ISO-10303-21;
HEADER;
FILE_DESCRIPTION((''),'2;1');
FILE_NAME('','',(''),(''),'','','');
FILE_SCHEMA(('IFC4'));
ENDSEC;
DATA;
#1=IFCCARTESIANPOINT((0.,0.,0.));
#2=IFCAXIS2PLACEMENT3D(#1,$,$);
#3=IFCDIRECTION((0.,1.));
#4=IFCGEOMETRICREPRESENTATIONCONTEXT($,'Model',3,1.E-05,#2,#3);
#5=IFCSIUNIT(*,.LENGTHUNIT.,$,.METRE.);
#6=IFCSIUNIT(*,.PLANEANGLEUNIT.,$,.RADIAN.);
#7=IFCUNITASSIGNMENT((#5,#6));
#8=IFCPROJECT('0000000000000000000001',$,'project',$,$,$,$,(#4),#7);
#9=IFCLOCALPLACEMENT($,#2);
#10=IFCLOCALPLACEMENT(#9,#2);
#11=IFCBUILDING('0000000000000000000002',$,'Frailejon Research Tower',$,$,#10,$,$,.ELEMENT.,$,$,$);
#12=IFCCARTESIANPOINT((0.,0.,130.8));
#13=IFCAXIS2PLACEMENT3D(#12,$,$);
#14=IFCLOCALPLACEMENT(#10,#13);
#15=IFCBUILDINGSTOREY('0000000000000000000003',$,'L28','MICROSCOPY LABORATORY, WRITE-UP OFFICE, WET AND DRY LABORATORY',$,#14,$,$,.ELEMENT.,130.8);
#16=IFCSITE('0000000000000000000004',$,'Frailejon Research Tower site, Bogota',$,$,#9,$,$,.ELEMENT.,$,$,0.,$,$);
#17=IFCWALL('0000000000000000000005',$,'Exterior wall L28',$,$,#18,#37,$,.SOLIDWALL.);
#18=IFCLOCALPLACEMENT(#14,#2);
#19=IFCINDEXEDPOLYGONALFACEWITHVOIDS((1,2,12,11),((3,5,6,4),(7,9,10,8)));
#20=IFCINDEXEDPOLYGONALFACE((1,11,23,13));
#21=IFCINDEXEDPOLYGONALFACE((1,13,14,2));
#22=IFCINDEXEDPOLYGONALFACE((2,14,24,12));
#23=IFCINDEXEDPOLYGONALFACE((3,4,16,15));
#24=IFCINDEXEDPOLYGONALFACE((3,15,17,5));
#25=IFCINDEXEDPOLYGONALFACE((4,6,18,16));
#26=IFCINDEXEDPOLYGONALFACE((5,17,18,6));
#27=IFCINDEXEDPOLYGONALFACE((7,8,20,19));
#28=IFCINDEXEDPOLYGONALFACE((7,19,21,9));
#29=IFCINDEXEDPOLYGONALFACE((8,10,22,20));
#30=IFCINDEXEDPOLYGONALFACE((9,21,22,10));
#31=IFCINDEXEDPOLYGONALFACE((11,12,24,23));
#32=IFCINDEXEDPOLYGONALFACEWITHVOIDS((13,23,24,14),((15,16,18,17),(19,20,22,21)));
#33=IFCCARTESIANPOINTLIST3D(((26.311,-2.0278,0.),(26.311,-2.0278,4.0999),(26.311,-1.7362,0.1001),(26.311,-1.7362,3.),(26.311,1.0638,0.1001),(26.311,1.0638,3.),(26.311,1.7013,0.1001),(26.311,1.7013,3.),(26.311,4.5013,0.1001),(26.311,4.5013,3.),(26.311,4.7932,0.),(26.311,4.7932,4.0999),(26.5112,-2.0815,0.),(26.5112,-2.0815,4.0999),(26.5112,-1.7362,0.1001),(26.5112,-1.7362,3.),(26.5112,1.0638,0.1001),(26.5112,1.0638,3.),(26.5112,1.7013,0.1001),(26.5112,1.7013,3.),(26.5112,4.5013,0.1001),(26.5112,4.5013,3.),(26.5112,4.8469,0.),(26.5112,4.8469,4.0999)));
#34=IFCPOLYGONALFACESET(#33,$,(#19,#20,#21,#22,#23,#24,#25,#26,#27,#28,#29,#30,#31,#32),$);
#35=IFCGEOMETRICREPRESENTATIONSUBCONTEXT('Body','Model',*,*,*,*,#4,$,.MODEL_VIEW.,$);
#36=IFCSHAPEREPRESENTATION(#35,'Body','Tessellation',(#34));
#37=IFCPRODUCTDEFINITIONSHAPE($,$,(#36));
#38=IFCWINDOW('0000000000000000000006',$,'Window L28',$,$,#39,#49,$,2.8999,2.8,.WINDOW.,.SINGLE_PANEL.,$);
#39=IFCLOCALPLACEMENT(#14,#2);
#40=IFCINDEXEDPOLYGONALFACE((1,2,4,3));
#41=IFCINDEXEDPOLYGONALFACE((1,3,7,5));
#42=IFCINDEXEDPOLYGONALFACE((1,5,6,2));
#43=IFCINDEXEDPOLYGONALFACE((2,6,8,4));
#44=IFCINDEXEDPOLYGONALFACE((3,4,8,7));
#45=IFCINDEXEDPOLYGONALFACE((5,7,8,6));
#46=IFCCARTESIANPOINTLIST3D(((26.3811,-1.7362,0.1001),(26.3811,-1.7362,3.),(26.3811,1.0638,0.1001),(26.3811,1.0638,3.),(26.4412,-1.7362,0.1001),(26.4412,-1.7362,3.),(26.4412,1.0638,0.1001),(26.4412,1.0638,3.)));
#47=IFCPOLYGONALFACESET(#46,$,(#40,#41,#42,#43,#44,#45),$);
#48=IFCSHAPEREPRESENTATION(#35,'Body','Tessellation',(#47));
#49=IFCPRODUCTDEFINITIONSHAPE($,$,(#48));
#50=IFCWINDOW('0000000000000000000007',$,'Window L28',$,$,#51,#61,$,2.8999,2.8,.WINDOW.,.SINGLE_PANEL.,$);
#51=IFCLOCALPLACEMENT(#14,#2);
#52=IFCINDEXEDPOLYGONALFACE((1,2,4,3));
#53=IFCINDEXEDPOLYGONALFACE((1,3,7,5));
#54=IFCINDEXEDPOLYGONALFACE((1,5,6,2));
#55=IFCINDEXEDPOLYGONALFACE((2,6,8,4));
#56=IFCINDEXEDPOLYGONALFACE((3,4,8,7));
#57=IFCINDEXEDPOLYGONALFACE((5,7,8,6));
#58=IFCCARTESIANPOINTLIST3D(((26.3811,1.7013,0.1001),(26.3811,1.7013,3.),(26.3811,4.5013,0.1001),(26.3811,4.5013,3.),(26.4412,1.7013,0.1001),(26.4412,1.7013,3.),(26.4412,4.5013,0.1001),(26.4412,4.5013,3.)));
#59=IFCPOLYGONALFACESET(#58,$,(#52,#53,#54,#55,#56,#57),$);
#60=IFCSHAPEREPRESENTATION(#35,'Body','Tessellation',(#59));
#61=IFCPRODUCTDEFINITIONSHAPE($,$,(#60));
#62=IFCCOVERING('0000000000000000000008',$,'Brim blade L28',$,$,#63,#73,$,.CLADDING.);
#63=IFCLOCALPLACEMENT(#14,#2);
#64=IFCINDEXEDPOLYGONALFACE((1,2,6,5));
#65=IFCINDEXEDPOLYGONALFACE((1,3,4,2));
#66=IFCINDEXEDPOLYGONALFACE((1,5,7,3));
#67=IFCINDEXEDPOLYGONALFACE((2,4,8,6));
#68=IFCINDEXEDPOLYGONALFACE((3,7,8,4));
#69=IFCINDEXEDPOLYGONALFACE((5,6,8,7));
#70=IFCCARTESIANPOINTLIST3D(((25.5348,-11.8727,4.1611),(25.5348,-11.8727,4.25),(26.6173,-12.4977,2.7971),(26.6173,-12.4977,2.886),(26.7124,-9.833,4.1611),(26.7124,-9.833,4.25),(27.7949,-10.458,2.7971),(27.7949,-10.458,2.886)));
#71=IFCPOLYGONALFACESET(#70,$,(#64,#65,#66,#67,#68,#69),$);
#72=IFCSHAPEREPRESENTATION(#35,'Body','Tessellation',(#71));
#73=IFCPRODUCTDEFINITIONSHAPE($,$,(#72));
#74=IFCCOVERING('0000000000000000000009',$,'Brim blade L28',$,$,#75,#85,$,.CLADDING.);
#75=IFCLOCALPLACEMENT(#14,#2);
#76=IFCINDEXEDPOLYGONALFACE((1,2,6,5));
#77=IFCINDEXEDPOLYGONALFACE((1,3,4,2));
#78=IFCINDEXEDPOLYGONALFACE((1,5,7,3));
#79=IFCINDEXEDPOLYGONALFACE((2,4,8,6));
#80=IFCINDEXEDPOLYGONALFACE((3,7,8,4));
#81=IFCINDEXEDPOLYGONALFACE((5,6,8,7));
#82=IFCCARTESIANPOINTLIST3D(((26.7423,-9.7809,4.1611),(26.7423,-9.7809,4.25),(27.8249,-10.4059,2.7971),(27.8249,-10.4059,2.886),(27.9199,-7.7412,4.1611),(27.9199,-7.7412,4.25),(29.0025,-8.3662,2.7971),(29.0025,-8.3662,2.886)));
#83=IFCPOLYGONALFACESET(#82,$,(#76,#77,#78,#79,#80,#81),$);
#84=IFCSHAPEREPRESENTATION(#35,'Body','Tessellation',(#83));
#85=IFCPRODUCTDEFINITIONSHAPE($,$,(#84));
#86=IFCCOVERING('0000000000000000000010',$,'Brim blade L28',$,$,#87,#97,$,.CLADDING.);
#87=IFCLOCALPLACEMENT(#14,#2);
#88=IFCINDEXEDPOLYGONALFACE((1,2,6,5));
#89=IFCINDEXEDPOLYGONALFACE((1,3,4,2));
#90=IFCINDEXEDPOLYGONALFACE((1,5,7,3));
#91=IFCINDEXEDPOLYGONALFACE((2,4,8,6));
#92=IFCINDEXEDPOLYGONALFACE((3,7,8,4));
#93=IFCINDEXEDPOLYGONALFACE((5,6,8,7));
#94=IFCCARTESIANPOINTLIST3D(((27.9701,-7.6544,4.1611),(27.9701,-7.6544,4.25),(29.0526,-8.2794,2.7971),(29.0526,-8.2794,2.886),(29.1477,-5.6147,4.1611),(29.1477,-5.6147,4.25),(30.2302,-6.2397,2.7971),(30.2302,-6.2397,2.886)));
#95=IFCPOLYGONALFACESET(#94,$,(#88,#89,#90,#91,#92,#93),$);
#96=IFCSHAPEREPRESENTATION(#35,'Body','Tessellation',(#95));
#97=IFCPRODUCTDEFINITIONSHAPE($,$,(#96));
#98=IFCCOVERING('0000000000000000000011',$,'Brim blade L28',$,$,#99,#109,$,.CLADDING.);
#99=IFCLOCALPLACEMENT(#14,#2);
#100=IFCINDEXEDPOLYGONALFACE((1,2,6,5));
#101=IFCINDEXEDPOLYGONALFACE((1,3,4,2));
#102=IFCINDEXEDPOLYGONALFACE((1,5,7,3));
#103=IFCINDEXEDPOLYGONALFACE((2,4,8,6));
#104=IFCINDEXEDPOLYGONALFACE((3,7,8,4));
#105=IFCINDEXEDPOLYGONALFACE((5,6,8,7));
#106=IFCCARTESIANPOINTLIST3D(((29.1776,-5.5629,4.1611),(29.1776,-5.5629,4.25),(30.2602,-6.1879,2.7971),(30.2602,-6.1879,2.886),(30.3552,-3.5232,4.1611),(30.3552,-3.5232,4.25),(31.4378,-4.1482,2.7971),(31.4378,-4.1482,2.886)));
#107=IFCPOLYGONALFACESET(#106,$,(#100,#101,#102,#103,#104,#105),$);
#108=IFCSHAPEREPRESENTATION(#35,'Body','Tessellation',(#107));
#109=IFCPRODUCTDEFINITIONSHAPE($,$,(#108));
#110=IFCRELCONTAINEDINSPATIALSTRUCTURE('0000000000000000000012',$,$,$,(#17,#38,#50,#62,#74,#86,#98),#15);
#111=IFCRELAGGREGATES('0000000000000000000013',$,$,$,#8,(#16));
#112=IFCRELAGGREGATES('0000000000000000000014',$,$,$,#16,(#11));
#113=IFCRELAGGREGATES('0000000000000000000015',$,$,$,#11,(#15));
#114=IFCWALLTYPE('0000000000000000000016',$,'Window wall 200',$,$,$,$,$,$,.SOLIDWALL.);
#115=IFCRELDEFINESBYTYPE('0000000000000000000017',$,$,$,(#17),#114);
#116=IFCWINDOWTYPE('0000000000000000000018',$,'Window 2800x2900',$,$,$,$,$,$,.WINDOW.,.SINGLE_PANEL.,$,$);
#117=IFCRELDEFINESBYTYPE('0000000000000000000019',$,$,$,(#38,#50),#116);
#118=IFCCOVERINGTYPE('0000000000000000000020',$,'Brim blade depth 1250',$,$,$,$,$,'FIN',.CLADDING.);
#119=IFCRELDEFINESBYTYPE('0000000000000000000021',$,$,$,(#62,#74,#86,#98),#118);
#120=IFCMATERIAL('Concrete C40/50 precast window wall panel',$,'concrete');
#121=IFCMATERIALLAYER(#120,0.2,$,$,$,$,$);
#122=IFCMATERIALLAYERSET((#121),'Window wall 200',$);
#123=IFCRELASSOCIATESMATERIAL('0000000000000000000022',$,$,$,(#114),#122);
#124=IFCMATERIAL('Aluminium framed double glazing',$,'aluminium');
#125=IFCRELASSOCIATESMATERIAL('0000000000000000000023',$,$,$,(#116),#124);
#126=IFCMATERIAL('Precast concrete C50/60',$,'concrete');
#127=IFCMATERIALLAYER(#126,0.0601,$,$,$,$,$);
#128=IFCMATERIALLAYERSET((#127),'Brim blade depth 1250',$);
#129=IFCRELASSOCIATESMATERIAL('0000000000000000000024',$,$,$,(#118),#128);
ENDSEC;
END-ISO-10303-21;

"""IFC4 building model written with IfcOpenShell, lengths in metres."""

from ifc_helpers import new_model, si_unit, direction, frame, frame_2d, origin, place, context, subcontext, project, spatial, polyline, rectangle, outline, extrude, material, layer, layer_set, type_object, element, fill, save


model = new_model("IFC4")

# Units and contexts
model_context = context("Model", 3, precision=1e-05, world=origin(), true_north=direction((0.0, 1.0)))
body_context = subcontext(model_context, "Body", "Model", "MODEL_VIEW")
ifc_project = project(units=[si_unit("LENGTHUNIT", "METRE"), si_unit("PLANEANGLEUNIT", "RADIAN")], contexts=[model_context])

# Site, building, storey
site_placement = place(None, origin())
site = spatial("IfcSite", under=ifc_project, at=site_placement, Name="Frailejon Research Tower site, Bogota", CompositionType="ELEMENT", RefElevation=0.0)
building_placement = place(site_placement, origin())
building = spatial("IfcBuilding", under=site, at=building_placement, Name="Frailejon Research Tower", CompositionType="ELEMENT")
storey_placement = place(building_placement, frame((0.0, 0.0, 130.8)))
storey = spatial("IfcBuildingStorey", under=building, at=storey_placement, Name="L28", Description="MICROSCOPY LABORATORY, WRITE-UP OFFICE, WET AND DRY LABORATORY", CompositionType="ELEMENT", Elevation=130.8)

# Wall, openings, windows
ifc_material_1 = material(Name="Concrete C40/50 precast window wall panel", Category="concrete")
ifc_layer_1 = layer(ifc_material_1, 0.2)
ifc_layer_set_1 = layer_set([ifc_layer_1], Name="Window wall 200")
wall_type_1 = type_object("IfcWallType", Name="Window wall 200", PredefinedType="SOLIDWALL", material=ifc_layer_set_1)
wall_1_placement = place(storey_placement, frame((26.4111, -2.0547, 0.0), z_axis=(0.0, 0.0, 1.0), x_axis=(0.0, 1.0, 0.0)))
wall_1 = element("IfcWall", 1, at=wall_1_placement, inside=storey, type_object=wall_type_1, Name="Exterior wall L28", PredefinedType="SOLIDWALL", context=body_context, shape_type="SweptSolid", body=[
    extrude(outline(polyline([(-0.0269, -0.1001), (1.1279, -0.1001), (2.2827, -0.1001), (3.4375, -0.1001), (4.592, -0.1001), (5.7468, -0.1001), (6.9016, -0.1001), (6.8479, 0.1001), (5.7109, 0.1001), (4.5742, 0.1001), (3.4375, 0.1001), (2.3005, 0.1001), (1.1636, 0.1001), (0.0269, 0.1001), (-0.0269, -0.1001)])), origin(), (0.0, 0.0, 1.0), 4.0999),
])
opening_1_placement = place(wall_1_placement, frame((0.3186, 0.0, 0.1001)))
opening_1 = element("IfcOpeningElement", 2, at=opening_1_placement, cuts=wall_1, PredefinedType="OPENING", context=body_context, shape_type="SweptSolid", body=[
    extrude(rectangle(XDim=2.8, YDim=2.8999, at=frame_2d((1.3999, 1.45))), frame((0.0, 0.1099, 0.0), z_axis=(0.0, -1.0, 0.0), x_axis=(1.0, 0.0, 0.0)), (0.0, 0.0, 1.0), 0.22),
])
opening_2_placement = place(wall_1_placement, frame((3.7561, 0.0, 0.1001)))
opening_2 = element("IfcOpeningElement", 3, at=opening_2_placement, cuts=wall_1, PredefinedType="OPENING", context=body_context, shape_type="SweptSolid", body=[
    extrude(rectangle(XDim=2.8, YDim=2.8999, at=frame_2d((1.3999, 1.45))), frame((0.0, 0.1099, 0.0), z_axis=(0.0, -1.0, 0.0), x_axis=(1.0, 0.0, 0.0)), (0.0, 0.0, 1.0), 0.22),
])
ifc_material_2 = material(Name="Aluminium framed double glazing", Category="aluminium")
window_type = type_object("IfcWindowType", Name="Window 2800x2900", PartitioningType="SINGLE_PANEL", PredefinedType="WINDOW", material=ifc_material_2)
window_1_placement = place(opening_1_placement, origin())
window_1 = element("IfcWindow", 4, at=window_1_placement, inside=storey, type_object=window_type, Name="Window L28", OverallHeight=2.8999, OverallWidth=2.8, PartitioningType="SINGLE_PANEL", PredefinedType="WINDOW", context=body_context, shape_type="SweptSolid", body=[
    extrude(rectangle(XDim=2.8, YDim=2.8999, at=frame_2d((1.3999, 1.45))), frame((0.0, 0.03, 0.0), z_axis=(0.0, -1.0, 0.0), x_axis=(1.0, 0.0, 0.0)), (0.0, 0.0, 1.0), 0.0601),
])
fill(opening_1, window_1)
window_2_placement = place(opening_2_placement, origin())
window_2 = element("IfcWindow", 5, at=window_2_placement, inside=storey, type_object=window_type, Name="Window L28", OverallHeight=2.8999, OverallWidth=2.8, PartitioningType="SINGLE_PANEL", PredefinedType="WINDOW", context=body_context, shape_type="SweptSolid", body=[
    extrude(rectangle(XDim=2.8, YDim=2.8999, at=frame_2d((1.3999, 1.45))), frame((0.0, 0.03, 0.0), z_axis=(0.0, -1.0, 0.0), x_axis=(1.0, 0.0, 0.0)), (0.0, 0.0, 1.0), 0.0601),
])
fill(opening_2, window_2)

# Coverings
ifc_material_3 = material(Name="Precast concrete C50/60", Category="concrete")
ifc_layer_2 = layer(ifc_material_3, 0.0601)
ifc_layer_set_2 = layer_set([ifc_layer_2], Name="Brim blade depth 1250")
covering_type = type_object("IfcCoveringType", Name="Brim blade depth 1250", ElementType="FIN", PredefinedType="CLADDING", material=ifc_layer_set_2)
for number, where, z_axis, x_axis, name in (
    (6, (26.7124, -9.833, 4.25), (-0.499997, -0.866027, 0.0), (0.866027, -0.499997, 0.0), "Brim blade L28"),
    (7, (27.9199, -7.7412, 4.25), (-0.499997, -0.866027, 0.0), (0.866027, -0.499997, 0.0), "Brim blade L28"),
    (8, (29.1477, -5.6147, 4.25), (-0.499997, -0.866027, 0.0), (0.866027, -0.499997, 0.0), "Brim blade L28"),
    (9, (30.3552, -3.5232, 4.25), (-0.499997, -0.866027, 0.0), (0.866027, -0.499997, 0.0), "Brim blade L28"),
):
    element("IfcCovering", number, at=place(storey_placement, frame(where, z_axis=z_axis, x_axis=x_axis)), inside=storey, type_object=covering_type, Name=name, PredefinedType="CLADDING", context=body_context, shape_type="SweptSolid", body=[
        extrude(outline(polyline([(0.0, -0.0889), (1.25, -1.4529), (1.25, -1.364), (0.0, 0.0), (0.0, -0.0889)])), origin(), (0.0, 0.0, 1.0), 2.3552),
    ])

save(model, "model.ifc")
